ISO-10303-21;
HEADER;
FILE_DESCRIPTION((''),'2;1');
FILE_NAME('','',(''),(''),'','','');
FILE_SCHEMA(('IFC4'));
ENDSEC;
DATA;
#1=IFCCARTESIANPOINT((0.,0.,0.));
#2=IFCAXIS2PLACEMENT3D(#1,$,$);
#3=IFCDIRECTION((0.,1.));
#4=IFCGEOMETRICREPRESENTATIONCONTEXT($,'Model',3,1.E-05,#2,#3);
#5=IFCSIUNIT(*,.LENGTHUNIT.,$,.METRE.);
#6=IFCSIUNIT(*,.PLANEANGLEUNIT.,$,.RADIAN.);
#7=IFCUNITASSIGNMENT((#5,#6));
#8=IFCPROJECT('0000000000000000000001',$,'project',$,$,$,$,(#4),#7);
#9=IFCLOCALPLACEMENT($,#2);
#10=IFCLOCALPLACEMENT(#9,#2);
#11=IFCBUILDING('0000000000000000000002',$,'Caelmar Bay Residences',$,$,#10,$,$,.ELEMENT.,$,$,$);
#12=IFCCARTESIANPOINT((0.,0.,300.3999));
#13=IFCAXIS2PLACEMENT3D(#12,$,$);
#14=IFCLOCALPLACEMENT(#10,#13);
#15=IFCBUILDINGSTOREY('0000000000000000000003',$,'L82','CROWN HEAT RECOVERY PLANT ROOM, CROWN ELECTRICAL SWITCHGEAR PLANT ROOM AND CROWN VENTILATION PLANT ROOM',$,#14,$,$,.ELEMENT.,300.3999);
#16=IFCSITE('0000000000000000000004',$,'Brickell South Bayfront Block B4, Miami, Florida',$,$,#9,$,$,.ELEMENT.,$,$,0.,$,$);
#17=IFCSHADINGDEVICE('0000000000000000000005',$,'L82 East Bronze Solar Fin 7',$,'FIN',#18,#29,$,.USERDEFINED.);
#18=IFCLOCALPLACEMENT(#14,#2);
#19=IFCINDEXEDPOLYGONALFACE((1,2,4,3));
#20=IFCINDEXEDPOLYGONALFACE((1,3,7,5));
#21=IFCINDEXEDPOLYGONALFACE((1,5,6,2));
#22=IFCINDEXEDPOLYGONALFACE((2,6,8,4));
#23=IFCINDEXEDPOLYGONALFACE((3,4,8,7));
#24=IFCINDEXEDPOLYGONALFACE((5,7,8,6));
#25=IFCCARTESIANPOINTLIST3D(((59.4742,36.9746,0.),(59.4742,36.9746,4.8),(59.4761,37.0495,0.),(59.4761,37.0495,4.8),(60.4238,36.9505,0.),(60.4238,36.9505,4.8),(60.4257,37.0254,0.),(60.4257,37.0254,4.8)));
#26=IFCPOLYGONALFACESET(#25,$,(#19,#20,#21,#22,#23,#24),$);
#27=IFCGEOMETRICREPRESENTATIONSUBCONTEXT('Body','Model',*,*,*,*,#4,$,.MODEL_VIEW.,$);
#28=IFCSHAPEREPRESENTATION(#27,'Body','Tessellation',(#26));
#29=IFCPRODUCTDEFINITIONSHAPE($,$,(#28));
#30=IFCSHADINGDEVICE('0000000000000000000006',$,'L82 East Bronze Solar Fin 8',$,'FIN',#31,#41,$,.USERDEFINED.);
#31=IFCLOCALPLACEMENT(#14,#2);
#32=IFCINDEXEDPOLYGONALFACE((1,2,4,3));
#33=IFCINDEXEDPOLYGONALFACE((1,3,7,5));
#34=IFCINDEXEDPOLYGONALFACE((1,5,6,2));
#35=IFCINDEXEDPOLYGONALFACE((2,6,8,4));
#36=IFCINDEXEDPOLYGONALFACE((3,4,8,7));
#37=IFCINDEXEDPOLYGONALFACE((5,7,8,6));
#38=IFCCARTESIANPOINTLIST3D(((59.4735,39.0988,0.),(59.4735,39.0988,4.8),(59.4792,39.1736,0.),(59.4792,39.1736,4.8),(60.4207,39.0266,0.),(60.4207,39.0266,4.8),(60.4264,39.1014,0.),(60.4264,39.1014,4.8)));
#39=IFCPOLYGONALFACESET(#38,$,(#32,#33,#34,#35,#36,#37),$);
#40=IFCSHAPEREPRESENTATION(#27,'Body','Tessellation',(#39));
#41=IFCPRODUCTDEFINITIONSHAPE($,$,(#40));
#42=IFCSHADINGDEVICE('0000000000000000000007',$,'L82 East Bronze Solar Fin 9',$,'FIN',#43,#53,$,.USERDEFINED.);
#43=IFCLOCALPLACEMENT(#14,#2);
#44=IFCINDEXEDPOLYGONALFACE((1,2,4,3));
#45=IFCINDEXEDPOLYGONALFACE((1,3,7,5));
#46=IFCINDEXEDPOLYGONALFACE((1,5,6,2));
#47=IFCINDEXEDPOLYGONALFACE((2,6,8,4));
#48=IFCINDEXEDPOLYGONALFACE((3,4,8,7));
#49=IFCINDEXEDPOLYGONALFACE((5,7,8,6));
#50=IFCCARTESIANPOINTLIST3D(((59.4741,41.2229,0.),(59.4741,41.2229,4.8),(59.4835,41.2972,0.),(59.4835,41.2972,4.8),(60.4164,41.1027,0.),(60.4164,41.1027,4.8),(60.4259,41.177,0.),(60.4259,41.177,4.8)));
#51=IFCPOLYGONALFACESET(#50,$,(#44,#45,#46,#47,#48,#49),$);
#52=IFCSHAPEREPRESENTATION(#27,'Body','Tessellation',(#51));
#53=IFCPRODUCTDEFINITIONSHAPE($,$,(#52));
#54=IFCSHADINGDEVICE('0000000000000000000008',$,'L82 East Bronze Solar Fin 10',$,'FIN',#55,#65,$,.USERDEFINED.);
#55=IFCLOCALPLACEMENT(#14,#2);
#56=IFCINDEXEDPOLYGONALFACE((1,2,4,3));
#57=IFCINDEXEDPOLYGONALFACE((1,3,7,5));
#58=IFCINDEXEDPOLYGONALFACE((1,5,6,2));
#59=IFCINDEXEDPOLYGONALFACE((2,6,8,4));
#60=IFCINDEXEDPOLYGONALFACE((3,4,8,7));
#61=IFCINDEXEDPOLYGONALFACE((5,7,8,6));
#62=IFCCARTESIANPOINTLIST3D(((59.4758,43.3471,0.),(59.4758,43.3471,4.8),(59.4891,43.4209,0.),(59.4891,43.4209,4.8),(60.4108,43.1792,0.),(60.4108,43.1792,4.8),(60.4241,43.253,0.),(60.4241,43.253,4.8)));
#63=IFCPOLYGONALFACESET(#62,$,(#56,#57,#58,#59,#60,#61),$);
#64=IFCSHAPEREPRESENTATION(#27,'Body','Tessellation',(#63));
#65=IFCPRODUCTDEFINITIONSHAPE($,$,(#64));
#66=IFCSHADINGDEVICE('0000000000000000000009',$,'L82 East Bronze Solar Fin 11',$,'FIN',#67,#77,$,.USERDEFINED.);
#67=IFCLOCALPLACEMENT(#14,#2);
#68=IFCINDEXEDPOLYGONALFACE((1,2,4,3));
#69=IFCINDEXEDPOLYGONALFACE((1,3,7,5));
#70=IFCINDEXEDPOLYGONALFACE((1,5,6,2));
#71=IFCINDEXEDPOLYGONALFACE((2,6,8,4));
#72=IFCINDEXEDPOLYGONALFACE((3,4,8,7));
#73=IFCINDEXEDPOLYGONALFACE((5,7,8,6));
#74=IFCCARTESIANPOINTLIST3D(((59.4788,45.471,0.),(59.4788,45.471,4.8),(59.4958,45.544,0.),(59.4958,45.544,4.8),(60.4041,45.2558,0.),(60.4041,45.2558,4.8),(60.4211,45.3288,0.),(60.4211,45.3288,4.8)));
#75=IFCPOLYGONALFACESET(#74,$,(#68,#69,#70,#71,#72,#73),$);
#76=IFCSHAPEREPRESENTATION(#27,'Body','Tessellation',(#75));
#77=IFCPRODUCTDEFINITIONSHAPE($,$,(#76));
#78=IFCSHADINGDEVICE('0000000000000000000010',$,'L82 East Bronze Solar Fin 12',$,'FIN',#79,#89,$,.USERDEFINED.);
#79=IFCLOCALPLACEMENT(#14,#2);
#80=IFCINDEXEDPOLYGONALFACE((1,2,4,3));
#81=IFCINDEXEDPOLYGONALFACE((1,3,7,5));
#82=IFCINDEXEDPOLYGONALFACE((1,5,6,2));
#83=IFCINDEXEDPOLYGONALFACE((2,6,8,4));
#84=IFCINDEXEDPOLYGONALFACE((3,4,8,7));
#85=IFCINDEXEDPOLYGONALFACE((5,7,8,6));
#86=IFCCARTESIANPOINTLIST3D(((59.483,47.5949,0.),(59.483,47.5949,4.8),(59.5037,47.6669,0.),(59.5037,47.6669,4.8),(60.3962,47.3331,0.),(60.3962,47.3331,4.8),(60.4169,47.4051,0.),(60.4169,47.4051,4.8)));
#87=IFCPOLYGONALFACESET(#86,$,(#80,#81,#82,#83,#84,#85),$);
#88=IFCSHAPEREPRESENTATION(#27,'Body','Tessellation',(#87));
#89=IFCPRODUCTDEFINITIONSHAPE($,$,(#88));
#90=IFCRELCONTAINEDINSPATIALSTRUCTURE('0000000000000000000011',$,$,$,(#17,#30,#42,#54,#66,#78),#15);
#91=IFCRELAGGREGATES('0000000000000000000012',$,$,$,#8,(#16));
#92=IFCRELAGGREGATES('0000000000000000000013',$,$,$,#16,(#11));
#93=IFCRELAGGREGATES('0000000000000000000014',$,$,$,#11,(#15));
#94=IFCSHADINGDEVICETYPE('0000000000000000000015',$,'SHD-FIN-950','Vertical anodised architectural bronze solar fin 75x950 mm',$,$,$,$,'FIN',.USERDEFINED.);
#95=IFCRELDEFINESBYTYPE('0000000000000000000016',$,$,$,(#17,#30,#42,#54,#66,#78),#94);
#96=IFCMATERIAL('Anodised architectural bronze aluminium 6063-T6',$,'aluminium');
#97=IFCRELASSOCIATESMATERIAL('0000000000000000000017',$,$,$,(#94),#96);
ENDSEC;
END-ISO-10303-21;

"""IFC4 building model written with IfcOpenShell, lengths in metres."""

from ifc_helpers import new_model, si_unit, direction, frame, origin, origin_2d, place, context, subcontext, project, spatial, rectangle, extrude, material, material_profile, profile_set, type_object, element, save


model = new_model("IFC4")

# Units and contexts
model_context = context("Model", 3, precision=1e-05, world=origin(), true_north=direction((0.0, 1.0)))
body_context = subcontext(model_context, "Body", "Model", "MODEL_VIEW")
ifc_project = project(units=[si_unit("LENGTHUNIT", "METRE"), si_unit("PLANEANGLEUNIT", "RADIAN")], contexts=[model_context])

# Site, building, storey
site_placement = place(None, origin())
site = spatial("IfcSite", under=ifc_project, at=site_placement, Name="Brickell South Bayfront Block B4, Miami, Florida", CompositionType="ELEMENT", RefElevation=0.0)
building_placement = place(site_placement, origin())
building = spatial("IfcBuilding", under=site, at=building_placement, Name="Caelmar Bay Residences", CompositionType="ELEMENT")
storey_placement = place(building_placement, frame((0.0, 0.0, 300.3999)))
storey = spatial("IfcBuildingStorey", under=building, at=storey_placement, Name="L82", Description="CROWN HEAT RECOVERY PLANT ROOM, CROWN ELECTRICAL SWITCHGEAR PLANT ROOM AND CROWN VENTILATION PLANT ROOM", CompositionType="ELEMENT", Elevation=300.3999)

# Shading devices
ifc_material_1 = material(Name="Anodised architectural bronze aluminium 6063-T6", Category="aluminium")
ifc_material_profile_1 = material_profile(ifc_material_1, rectangle(XDim=0.075, YDim=0.95, at=origin_2d()), Name="BRONZE-FIN-75X950")
ifc_profile_set_1 = profile_set([ifc_material_profile_1], Name="Anodised architectural bronze aluminium 6063-T6")
shading_device_type = type_object("IfcShadingDeviceType", Name="SHD-FIN-950", Description="Vertical anodised architectural bronze solar fin 75x950 mm", ElementType="FIN", PredefinedType="USERDEFINED", material=ifc_profile_set_1)
for number, where, z_axis, x_axis, name in (
    (1, (59.95, 37.0, 0.0), (0.0, 0.0, 1.0), (0.025305, 0.99968, 0.0), "L82 East Bronze Solar Fin 7"),
    (2, (59.95, 39.1001, 0.0), (0.0, 0.0, 1.0), (0.076023, 0.997106, 0.0), "L82 East Bronze Solar Fin 8"),
    (3, (59.95, 41.2, 0.0), (0.0, 0.0, 1.0), (0.126545, 0.991961, 0.0), "L82 East Bronze Solar Fin 9"),
    (4, (59.95, 43.3, 0.0), (0.0, 0.0, 1.0), (0.176741, 0.984257, 0.0), "L82 East Bronze Solar Fin 10"),
    (5, (59.95, 45.3999, 0.0), (0.0, 0.0, 1.0), (0.226481, 0.974016, 0.0), "L82 East Bronze Solar Fin 11"),
    (6, (59.95, 47.5, 0.0), (0.0, 0.0, 1.0), (0.275637, 0.961262, 0.0), "L82 East Bronze Solar Fin 12"),
):
    element("IfcShadingDevice", number, at=place(storey_placement, frame(where, z_axis=z_axis, x_axis=x_axis)), inside=storey, type_object=shading_device_type, Name=name, ObjectType="FIN", PredefinedType="USERDEFINED", context=body_context, shape_type="SweptSolid", body=[
        extrude(rectangle(XDim=0.075, YDim=0.95, at=origin_2d()), origin(), (0.0, 0.0, 1.0), 4.8),
    ])

save(model, "model.ifc")
